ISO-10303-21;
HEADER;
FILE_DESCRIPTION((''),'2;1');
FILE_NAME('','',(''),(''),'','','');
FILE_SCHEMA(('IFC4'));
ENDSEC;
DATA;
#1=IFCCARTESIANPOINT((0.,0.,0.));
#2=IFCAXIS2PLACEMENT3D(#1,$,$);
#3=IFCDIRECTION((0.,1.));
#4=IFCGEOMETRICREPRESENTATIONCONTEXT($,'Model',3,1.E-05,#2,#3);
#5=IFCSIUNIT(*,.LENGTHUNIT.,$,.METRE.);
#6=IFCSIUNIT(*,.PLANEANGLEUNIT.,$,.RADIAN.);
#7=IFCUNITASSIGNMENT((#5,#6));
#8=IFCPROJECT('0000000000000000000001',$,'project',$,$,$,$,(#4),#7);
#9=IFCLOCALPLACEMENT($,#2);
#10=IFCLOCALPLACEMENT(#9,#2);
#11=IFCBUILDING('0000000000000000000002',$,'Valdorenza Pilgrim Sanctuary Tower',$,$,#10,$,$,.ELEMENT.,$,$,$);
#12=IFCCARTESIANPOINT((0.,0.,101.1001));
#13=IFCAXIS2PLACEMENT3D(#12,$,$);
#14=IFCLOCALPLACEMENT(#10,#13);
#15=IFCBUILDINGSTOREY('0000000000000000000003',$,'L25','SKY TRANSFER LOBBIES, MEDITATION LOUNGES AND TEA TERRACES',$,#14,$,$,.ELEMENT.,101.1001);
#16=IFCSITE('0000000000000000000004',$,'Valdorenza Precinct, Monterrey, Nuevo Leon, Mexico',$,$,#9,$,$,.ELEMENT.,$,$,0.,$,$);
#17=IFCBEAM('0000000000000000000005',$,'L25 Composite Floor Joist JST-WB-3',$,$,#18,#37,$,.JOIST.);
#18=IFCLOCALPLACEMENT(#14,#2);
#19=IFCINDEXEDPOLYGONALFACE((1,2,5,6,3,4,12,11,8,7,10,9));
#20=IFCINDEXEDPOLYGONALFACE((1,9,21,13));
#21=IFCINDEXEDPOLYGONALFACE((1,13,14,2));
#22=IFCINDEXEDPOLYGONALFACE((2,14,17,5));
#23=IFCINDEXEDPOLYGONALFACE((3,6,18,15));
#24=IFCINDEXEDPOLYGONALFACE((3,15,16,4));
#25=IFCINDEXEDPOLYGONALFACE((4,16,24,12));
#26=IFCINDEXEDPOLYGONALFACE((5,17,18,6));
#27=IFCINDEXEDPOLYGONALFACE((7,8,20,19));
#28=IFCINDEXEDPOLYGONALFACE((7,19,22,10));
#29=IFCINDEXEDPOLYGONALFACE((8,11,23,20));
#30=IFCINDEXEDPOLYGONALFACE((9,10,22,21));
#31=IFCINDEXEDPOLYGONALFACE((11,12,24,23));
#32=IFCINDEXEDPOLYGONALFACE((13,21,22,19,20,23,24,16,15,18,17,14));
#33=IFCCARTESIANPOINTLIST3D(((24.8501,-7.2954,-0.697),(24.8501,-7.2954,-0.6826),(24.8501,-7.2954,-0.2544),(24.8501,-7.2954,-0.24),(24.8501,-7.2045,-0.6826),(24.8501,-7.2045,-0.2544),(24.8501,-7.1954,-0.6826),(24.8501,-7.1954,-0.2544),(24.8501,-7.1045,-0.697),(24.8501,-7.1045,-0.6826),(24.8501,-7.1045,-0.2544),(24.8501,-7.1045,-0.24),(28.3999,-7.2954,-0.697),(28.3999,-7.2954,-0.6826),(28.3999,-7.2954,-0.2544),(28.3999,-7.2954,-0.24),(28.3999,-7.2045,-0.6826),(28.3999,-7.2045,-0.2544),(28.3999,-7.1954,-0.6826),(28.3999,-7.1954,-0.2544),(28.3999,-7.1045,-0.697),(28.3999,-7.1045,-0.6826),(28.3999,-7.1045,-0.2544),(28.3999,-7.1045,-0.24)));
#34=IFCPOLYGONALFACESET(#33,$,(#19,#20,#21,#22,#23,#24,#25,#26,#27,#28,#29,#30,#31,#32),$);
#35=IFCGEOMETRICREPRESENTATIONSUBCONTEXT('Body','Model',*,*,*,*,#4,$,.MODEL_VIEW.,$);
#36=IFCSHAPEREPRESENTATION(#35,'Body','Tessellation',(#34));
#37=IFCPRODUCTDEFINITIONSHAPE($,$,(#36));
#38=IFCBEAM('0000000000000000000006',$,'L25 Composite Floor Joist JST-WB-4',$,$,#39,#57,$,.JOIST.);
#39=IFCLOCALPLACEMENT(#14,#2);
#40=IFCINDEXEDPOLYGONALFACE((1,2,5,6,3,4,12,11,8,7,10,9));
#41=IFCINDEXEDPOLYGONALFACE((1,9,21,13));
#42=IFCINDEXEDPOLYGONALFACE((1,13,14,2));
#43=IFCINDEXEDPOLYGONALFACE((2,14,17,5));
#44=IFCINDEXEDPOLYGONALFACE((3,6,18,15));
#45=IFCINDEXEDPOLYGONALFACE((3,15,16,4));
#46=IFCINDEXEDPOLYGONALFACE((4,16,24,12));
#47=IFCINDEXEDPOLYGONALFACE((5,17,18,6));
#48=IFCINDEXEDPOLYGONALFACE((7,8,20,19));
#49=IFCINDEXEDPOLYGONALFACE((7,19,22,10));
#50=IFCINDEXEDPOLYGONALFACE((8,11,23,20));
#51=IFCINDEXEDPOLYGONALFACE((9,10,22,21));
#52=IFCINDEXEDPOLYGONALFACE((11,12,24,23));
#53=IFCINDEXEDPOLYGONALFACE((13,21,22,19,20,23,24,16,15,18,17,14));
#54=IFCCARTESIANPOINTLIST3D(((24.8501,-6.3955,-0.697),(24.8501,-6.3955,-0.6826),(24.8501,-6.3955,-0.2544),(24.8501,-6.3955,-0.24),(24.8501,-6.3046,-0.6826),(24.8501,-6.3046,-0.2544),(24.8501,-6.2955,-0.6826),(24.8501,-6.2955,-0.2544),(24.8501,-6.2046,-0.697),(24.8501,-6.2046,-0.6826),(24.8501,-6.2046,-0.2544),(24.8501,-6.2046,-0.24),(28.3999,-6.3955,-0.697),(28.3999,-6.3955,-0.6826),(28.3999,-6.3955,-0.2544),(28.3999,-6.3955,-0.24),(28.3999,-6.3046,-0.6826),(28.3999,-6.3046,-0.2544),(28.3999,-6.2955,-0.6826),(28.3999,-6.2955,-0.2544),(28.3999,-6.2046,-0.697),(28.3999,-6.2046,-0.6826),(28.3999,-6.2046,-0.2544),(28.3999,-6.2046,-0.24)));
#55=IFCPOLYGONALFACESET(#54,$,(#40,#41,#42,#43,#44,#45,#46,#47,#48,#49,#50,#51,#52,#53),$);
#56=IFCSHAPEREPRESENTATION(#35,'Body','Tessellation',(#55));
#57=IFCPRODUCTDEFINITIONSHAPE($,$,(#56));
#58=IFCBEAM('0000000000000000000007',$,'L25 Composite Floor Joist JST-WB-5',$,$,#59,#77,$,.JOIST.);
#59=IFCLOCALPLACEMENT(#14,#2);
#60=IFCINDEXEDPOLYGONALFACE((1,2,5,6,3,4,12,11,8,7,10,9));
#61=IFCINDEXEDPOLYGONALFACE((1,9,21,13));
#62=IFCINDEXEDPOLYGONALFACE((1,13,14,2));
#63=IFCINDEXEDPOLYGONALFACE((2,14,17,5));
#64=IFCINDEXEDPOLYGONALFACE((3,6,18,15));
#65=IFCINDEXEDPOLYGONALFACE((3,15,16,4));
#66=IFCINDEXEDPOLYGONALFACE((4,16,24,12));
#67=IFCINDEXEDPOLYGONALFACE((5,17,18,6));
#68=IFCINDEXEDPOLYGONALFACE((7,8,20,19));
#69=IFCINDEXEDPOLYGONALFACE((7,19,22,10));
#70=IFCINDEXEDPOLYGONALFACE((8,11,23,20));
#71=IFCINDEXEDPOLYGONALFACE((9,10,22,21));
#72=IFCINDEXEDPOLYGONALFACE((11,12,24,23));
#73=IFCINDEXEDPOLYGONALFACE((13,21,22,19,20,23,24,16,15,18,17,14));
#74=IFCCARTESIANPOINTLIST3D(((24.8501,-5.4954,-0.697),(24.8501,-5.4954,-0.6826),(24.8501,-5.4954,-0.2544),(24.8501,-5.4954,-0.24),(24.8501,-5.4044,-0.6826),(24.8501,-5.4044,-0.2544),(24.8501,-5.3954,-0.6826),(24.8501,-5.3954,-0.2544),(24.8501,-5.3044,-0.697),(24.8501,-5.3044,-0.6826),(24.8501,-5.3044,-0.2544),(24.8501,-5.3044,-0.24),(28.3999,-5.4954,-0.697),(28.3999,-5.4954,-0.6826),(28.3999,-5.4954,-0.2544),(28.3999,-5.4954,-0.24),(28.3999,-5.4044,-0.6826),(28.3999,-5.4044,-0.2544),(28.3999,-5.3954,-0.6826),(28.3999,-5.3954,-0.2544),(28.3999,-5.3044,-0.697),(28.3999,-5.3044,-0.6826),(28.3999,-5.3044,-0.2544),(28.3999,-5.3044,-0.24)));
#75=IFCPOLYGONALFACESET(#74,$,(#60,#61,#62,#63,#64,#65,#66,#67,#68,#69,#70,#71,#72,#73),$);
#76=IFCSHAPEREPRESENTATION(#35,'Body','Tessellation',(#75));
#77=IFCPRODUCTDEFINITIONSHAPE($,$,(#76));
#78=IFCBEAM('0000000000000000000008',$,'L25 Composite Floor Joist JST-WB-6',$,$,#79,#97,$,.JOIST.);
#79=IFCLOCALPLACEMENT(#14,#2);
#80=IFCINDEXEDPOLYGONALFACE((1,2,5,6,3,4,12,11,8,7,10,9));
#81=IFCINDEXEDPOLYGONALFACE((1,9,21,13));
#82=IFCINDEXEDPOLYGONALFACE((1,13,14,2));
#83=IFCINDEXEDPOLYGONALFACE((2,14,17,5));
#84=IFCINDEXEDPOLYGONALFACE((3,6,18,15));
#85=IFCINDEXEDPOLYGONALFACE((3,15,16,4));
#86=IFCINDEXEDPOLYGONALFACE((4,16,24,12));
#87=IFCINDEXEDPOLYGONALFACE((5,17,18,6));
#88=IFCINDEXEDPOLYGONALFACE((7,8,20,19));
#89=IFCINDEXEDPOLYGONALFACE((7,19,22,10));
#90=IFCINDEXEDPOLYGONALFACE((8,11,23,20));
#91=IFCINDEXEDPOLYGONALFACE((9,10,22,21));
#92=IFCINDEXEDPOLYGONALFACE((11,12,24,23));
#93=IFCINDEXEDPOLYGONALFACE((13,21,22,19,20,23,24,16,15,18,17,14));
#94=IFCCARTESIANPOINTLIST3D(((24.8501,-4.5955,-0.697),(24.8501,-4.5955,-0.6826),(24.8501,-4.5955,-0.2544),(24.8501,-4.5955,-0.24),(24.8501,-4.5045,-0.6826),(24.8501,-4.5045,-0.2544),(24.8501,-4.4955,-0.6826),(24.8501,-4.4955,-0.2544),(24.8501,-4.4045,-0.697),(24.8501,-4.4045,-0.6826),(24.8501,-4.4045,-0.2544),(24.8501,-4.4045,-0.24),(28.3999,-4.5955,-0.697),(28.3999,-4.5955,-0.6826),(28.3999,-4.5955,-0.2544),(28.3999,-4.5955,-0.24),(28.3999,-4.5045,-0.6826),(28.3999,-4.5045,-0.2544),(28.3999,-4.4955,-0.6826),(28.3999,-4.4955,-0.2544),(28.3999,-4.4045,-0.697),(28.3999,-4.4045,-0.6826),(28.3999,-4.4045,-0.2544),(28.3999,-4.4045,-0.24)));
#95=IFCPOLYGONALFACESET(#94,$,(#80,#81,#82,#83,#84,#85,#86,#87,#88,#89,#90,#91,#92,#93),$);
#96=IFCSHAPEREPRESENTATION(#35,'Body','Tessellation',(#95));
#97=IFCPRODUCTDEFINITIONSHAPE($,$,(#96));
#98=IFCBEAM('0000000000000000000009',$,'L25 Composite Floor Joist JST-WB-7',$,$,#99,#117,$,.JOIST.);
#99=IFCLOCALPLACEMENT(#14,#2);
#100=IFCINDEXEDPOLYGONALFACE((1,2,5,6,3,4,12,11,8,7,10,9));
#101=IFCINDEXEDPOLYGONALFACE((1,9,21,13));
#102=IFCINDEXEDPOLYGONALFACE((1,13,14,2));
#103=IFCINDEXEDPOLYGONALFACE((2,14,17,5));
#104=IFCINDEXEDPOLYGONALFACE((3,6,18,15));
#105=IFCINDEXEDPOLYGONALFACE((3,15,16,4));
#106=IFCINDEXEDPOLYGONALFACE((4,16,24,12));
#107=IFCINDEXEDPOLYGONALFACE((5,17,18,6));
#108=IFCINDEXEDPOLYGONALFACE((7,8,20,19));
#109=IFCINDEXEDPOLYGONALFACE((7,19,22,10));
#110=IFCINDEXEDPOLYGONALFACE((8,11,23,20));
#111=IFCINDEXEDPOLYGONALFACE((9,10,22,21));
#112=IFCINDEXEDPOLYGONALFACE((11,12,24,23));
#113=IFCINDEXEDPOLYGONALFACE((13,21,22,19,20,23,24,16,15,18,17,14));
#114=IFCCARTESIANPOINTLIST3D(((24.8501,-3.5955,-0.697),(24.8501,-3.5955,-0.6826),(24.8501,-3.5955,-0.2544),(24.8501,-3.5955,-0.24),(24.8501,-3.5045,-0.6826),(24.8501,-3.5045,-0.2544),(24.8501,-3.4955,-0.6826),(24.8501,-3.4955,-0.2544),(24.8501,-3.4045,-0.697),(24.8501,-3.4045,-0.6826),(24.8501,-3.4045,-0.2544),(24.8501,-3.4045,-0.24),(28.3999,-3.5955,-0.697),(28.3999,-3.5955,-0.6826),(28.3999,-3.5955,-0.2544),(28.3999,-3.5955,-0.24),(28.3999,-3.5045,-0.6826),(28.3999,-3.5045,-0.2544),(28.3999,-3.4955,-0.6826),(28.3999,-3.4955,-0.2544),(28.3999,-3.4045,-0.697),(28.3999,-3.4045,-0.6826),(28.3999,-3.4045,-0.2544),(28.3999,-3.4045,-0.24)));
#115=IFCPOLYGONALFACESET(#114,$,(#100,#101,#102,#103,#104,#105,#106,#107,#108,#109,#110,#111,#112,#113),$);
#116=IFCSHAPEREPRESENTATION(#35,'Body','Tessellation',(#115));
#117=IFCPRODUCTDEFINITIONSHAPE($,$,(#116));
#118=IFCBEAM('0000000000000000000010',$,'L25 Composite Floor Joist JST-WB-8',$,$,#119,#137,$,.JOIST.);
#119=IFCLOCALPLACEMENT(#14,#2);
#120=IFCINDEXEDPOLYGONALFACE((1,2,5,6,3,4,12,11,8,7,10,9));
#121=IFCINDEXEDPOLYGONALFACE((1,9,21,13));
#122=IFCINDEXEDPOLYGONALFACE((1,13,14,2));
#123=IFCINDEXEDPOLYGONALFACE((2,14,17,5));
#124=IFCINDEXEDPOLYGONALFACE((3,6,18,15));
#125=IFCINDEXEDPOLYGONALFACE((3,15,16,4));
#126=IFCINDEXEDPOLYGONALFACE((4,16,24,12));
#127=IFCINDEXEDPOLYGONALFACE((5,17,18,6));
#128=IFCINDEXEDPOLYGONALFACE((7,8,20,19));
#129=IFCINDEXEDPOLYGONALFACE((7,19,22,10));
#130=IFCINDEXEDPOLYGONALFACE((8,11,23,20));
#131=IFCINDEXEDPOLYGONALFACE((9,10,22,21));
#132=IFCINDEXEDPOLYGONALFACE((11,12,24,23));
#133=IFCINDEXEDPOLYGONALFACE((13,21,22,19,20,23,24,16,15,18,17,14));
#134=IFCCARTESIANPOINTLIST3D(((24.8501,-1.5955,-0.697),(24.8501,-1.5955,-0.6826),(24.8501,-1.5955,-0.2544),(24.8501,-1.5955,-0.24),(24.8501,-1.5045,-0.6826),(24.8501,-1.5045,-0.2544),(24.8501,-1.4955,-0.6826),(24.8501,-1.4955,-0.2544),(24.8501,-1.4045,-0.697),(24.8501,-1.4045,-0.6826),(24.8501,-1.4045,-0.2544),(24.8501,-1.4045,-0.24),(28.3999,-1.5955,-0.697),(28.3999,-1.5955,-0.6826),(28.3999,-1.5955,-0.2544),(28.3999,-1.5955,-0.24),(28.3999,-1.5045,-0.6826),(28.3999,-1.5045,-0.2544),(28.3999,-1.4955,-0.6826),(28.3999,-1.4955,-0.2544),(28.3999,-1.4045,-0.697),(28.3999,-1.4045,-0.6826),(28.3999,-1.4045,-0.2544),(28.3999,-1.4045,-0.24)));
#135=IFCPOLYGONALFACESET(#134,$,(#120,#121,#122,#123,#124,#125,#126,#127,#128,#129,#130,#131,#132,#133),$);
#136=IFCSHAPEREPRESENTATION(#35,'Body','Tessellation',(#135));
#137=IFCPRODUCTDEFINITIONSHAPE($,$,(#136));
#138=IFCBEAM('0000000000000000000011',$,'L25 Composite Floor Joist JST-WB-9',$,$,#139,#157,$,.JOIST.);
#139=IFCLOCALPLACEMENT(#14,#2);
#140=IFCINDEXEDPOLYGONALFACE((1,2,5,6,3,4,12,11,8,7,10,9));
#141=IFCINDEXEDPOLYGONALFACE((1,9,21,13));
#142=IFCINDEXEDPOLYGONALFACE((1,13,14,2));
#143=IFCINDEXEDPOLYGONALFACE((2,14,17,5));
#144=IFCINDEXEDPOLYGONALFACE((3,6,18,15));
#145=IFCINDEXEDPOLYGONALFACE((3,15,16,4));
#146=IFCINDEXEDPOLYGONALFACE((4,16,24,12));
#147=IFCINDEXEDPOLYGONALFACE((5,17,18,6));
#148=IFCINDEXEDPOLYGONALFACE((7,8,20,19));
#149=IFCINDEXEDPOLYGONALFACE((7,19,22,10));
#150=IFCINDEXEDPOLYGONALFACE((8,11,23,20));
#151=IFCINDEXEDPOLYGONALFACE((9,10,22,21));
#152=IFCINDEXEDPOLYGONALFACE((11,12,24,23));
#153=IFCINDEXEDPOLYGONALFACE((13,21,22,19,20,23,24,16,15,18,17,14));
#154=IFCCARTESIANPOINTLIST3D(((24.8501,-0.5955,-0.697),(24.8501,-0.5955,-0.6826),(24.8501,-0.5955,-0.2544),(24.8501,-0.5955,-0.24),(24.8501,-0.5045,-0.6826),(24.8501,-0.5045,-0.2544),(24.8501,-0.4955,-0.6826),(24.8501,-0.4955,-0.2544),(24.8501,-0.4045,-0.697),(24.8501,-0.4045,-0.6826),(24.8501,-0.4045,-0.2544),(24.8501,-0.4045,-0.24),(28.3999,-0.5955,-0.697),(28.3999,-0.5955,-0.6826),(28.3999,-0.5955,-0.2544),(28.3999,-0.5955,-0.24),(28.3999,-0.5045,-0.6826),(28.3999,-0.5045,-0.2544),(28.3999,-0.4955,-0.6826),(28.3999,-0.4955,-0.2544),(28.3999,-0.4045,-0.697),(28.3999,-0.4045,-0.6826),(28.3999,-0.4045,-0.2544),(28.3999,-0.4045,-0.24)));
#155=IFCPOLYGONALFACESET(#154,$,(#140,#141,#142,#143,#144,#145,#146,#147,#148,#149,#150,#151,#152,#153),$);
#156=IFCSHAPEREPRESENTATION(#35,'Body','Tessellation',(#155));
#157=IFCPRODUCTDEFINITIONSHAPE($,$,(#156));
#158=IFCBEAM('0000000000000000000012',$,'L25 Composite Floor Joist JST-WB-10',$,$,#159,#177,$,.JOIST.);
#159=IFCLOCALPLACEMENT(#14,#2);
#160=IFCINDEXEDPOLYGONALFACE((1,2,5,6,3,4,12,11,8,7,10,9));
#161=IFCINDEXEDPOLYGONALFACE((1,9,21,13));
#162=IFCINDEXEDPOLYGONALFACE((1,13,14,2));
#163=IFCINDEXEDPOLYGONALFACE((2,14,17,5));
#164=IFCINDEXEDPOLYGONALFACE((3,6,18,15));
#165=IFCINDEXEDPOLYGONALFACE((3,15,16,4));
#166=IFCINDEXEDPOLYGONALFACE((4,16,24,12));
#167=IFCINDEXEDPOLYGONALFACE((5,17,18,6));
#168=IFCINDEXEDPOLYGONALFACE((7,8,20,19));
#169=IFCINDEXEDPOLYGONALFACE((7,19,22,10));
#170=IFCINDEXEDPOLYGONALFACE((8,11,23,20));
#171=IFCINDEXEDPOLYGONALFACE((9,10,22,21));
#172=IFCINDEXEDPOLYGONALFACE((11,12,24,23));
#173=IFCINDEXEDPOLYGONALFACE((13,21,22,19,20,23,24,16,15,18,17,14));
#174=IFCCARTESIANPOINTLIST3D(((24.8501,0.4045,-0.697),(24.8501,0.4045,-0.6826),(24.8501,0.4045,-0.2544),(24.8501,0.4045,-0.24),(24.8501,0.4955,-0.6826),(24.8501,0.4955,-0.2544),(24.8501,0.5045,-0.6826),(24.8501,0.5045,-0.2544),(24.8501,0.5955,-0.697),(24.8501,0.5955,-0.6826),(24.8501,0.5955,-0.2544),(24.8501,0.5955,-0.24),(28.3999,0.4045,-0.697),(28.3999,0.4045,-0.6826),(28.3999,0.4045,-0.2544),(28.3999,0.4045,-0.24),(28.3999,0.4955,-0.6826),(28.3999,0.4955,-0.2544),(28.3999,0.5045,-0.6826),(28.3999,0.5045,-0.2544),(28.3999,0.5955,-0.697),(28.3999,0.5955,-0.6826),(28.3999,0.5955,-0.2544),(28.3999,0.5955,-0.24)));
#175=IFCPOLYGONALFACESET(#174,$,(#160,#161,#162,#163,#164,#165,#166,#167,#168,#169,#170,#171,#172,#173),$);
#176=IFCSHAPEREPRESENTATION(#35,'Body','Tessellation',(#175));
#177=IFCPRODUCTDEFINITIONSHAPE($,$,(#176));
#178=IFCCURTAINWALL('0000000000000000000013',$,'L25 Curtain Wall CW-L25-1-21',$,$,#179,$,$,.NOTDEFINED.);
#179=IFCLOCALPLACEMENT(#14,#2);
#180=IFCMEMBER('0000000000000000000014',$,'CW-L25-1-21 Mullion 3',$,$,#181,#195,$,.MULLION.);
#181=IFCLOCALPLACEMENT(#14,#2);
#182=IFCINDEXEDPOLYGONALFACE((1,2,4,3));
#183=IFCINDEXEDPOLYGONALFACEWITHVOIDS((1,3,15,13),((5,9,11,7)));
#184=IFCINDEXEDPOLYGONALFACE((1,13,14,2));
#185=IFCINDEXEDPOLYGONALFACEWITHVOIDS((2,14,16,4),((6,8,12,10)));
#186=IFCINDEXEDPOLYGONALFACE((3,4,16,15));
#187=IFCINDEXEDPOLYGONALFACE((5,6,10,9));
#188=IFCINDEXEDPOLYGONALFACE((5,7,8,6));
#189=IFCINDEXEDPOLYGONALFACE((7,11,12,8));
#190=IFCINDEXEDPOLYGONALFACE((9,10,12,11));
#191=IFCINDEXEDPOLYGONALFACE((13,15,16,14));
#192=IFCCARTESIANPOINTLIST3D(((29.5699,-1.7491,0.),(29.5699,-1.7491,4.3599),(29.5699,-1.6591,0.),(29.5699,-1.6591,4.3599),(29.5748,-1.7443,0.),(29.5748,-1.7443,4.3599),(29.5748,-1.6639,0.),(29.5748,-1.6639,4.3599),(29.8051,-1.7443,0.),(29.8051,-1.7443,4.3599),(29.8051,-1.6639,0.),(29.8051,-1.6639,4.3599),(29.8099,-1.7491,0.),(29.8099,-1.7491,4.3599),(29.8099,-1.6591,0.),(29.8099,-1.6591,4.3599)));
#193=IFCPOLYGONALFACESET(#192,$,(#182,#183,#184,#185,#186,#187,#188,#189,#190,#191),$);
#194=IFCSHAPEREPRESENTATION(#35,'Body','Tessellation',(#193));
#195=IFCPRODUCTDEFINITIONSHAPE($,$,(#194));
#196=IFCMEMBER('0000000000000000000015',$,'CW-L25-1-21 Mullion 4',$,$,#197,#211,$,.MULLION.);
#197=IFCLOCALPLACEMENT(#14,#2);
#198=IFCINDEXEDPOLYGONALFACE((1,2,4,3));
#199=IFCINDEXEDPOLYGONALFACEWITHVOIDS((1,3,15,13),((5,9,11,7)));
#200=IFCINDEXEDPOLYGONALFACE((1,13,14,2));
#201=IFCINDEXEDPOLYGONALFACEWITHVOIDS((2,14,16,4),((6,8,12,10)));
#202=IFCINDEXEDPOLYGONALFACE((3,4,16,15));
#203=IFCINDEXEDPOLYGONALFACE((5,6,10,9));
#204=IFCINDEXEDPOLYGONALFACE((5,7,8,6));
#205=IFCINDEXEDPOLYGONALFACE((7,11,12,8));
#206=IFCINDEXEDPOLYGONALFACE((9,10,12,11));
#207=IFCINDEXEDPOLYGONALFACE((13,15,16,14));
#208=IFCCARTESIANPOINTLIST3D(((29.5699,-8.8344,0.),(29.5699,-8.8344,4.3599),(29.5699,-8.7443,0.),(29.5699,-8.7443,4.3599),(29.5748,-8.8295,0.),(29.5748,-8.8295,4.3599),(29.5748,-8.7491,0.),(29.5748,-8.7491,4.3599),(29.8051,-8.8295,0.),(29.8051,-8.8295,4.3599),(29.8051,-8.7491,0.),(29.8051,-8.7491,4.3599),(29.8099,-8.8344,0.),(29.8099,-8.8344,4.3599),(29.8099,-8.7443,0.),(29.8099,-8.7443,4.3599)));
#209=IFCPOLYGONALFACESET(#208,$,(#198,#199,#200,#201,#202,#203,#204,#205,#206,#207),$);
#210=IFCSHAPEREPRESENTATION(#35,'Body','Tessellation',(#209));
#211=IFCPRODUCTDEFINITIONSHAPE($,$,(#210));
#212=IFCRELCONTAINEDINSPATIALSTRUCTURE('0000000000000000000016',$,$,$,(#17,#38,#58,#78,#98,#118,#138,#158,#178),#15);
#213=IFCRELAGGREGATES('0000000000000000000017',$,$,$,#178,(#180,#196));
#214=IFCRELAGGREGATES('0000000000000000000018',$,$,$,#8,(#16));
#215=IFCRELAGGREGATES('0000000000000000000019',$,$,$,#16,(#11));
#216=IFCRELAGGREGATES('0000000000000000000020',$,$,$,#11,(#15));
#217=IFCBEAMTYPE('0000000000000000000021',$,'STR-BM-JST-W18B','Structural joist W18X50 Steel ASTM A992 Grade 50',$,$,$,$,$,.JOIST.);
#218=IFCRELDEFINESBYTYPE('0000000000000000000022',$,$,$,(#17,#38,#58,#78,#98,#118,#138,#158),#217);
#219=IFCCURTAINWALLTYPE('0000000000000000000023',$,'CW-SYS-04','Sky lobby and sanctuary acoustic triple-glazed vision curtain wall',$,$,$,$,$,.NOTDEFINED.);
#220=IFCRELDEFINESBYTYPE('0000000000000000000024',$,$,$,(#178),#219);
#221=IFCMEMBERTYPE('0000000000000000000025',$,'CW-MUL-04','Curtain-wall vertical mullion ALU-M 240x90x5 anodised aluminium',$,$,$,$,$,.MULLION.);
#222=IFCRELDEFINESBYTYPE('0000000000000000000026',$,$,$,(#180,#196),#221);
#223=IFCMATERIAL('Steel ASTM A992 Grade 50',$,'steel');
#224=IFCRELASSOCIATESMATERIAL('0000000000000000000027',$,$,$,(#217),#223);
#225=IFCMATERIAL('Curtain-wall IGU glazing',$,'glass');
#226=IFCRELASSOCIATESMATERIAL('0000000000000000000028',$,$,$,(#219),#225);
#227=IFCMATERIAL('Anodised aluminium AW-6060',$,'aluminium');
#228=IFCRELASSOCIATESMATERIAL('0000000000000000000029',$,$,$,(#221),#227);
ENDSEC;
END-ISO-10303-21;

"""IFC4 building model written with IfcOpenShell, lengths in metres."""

from ifc_helpers import new_model, si_unit, direction, frame, origin, origin_2d, place, context, subcontext, project, spatial, hollow_rectangle, i_section, extrude, source, transform, mapped, material, material_profile, profile_set, type_object, element, aggregate, save


model = new_model("IFC4")

# Units and contexts
model_context = context("Model", 3, precision=1e-05, world=origin(), true_north=direction((0.0, 1.0)))
body_context = subcontext(model_context, "Body", "Model", "MODEL_VIEW")
ifc_project = project(units=[si_unit("LENGTHUNIT", "METRE"), si_unit("PLANEANGLEUNIT", "RADIAN")], contexts=[model_context])

# Site, building, storey
site_placement = place(None, origin())
site = spatial("IfcSite", under=ifc_project, at=site_placement, Name="Valdorenza Precinct, Monterrey, Nuevo Leon, Mexico", CompositionType="ELEMENT", RefElevation=0.0)
building_placement = place(site_placement, origin())
building = spatial("IfcBuilding", under=site, at=building_placement, Name="Valdorenza Pilgrim Sanctuary Tower", CompositionType="ELEMENT")
storey_placement = place(building_placement, frame((0.0, 0.0, 101.1001)))
storey = spatial("IfcBuildingStorey", under=building, at=storey_placement, Name="L25", Description="SKY TRANSFER LOBBIES, MEDITATION LOUNGES AND TEA TERRACES", CompositionType="ELEMENT", Elevation=101.1001)

# Shared definitions
ifc_material_1 = material(Name="Steel ASTM A992 Grade 50", Category="steel")

# Beams
ifc_material_profile_1 = material_profile(ifc_material_1, i_section(OverallWidth=0.1909, OverallDepth=0.457, WebThickness=0.009, FlangeThickness=0.0144, at=origin_2d()), Name="W18X50")
ifc_profile_set_1 = profile_set([ifc_material_profile_1], Name="Steel ASTM A992 Grade 50")
beam_type_1 = type_object("IfcBeamType", Name="STR-BM-JST-W18B", Description="Structural joist W18X50 Steel ASTM A992 Grade 50", PredefinedType="JOIST", material=ifc_profile_set_1)
shared_shape_1 = source(origin(), body_context, "Body", "SweptSolid", [
    extrude(i_section(OverallWidth=0.1909, OverallDepth=0.457, WebThickness=0.009, FlangeThickness=0.0144, at=origin_2d()), origin(), (0.0, 0.0, 1.0), 3.5498),
])
for number, where, z_axis, x_axis, name in (
    (1, (24.8501, -7.2, -0.4685), (1.0, 0.0, 0.0), (0.0, 1.0, 0.0), "L25 Composite Floor Joist JST-WB-3"),
    (2, (24.8501, -6.3, -0.4685), (1.0, 0.0, 0.0), (0.0, 1.0, 0.0), "L25 Composite Floor Joist JST-WB-4"),
    (3, (24.8501, -5.3999, -0.4685), (1.0, 0.0, 0.0), (0.0, 1.0, 0.0), "L25 Composite Floor Joist JST-WB-5"),
    (4, (24.8501, -4.5, -0.4685), (1.0, 0.0, 0.0), (0.0, 1.0, 0.0), "L25 Composite Floor Joist JST-WB-6"),
    (5, (24.8501, -3.5, -0.4685), (1.0, 0.0, 0.0), (0.0, 1.0, 0.0), "L25 Composite Floor Joist JST-WB-7"),
    (6, (24.8501, -1.5, -0.4685), (1.0, 0.0, 0.0), (0.0, 1.0, 0.0), "L25 Composite Floor Joist JST-WB-8"),
    (7, (24.8501, -0.5, -0.4685), (1.0, 0.0, 0.0), (0.0, 1.0, 0.0), "L25 Composite Floor Joist JST-WB-9"),
    (8, (24.8501, 0.5, -0.4685), (1.0, 0.0, 0.0), (0.0, 1.0, 0.0), "L25 Composite Floor Joist JST-WB-10"),
):
    element("IfcBeam", number, at=place(storey_placement, frame(where, z_axis=z_axis, x_axis=x_axis)), inside=storey, type_object=beam_type_1, Name=name, PredefinedType="JOIST", context=body_context, shape_type="MappedRepresentation", body=[
        mapped(shared_shape_1, transform((0.0, 0.0, 0.0), x_axis=(1.0, 0.0, 0.0), y_axis=(0.0, 1.0, 0.0), z_axis=(0.0, 0.0, 1.0), scale=1.0)),
    ])

# Curtain wall, members
ifc_material_2 = material(Name="Curtain-wall IGU glazing", Category="glass")
curtain_wall_type = type_object("IfcCurtainWallType", Name="CW-SYS-04", Description="Sky lobby and sanctuary acoustic triple-glazed vision curtain wall", PredefinedType="NOTDEFINED", material=ifc_material_2)
curtain_wall_1_placement = place(storey_placement, origin())
curtain_wall_1 = element("IfcCurtainWall", 9, at=curtain_wall_1_placement, inside=storey, type_object=curtain_wall_type, Name="L25 Curtain Wall CW-L25-1-21", PredefinedType="NOTDEFINED")
ifc_material_3 = material(Name="Anodised aluminium AW-6060", Category="aluminium")
ifc_material_profile_2 = material_profile(ifc_material_3, hollow_rectangle(XDim=0.0901, YDim=0.24, WallThickness=0.0049, at=origin_2d()), Name="ALU-M 240x90x5")
ifc_profile_set_2 = profile_set([ifc_material_profile_2], Name="Anodised aluminium AW-6060")
member_type_1 = type_object("IfcMemberType", Name="CW-MUL-04", Description="Curtain-wall vertical mullion ALU-M 240x90x5 anodised aluminium", PredefinedType="MULLION", material=ifc_profile_set_2)
shared_shape_2 = source(origin(), body_context, "Body", "SweptSolid", [
    extrude(hollow_rectangle(XDim=0.0901, YDim=0.24, WallThickness=0.0049, at=origin_2d()), origin(), (0.0, 0.0, 1.0), 4.3599),
])
member_1_placement = place(storey_placement, frame((29.6899, -1.7041, 0.0), z_axis=(0.0, 0.0, 1.0), x_axis=(0.0, -1.0, 0.0)))
member_1 = element("IfcMember", 10, at=member_1_placement, type_object=member_type_1, Name="CW-L25-1-21 Mullion 3", PredefinedType="MULLION", context=body_context, shape_type="MappedRepresentation", body=[
    mapped(shared_shape_2, transform((0.0, 0.0, 0.0), x_axis=(1.0, 0.0, 0.0), y_axis=(0.0, 1.0, 0.0), z_axis=(0.0, 0.0, 1.0), scale=1.0)),
])
member_2_placement = place(storey_placement, frame((29.6899, -8.7893, 0.0), z_axis=(0.0, 0.0, 1.0), x_axis=(0.0, -1.0, 0.0)))
member_2 = element("IfcMember", 11, at=member_2_placement, type_object=member_type_1, Name="CW-L25-1-21 Mullion 4", PredefinedType="MULLION", context=body_context, shape_type="MappedRepresentation", body=[
    mapped(shared_shape_2, transform((0.0, 0.0, 0.0), x_axis=(1.0, 0.0, 0.0), y_axis=(0.0, 1.0, 0.0), z_axis=(0.0, 0.0, 1.0), scale=1.0)),
])

aggregate(curtain_wall_1, [member_1, member_2])

save(model, "model.ifc")
